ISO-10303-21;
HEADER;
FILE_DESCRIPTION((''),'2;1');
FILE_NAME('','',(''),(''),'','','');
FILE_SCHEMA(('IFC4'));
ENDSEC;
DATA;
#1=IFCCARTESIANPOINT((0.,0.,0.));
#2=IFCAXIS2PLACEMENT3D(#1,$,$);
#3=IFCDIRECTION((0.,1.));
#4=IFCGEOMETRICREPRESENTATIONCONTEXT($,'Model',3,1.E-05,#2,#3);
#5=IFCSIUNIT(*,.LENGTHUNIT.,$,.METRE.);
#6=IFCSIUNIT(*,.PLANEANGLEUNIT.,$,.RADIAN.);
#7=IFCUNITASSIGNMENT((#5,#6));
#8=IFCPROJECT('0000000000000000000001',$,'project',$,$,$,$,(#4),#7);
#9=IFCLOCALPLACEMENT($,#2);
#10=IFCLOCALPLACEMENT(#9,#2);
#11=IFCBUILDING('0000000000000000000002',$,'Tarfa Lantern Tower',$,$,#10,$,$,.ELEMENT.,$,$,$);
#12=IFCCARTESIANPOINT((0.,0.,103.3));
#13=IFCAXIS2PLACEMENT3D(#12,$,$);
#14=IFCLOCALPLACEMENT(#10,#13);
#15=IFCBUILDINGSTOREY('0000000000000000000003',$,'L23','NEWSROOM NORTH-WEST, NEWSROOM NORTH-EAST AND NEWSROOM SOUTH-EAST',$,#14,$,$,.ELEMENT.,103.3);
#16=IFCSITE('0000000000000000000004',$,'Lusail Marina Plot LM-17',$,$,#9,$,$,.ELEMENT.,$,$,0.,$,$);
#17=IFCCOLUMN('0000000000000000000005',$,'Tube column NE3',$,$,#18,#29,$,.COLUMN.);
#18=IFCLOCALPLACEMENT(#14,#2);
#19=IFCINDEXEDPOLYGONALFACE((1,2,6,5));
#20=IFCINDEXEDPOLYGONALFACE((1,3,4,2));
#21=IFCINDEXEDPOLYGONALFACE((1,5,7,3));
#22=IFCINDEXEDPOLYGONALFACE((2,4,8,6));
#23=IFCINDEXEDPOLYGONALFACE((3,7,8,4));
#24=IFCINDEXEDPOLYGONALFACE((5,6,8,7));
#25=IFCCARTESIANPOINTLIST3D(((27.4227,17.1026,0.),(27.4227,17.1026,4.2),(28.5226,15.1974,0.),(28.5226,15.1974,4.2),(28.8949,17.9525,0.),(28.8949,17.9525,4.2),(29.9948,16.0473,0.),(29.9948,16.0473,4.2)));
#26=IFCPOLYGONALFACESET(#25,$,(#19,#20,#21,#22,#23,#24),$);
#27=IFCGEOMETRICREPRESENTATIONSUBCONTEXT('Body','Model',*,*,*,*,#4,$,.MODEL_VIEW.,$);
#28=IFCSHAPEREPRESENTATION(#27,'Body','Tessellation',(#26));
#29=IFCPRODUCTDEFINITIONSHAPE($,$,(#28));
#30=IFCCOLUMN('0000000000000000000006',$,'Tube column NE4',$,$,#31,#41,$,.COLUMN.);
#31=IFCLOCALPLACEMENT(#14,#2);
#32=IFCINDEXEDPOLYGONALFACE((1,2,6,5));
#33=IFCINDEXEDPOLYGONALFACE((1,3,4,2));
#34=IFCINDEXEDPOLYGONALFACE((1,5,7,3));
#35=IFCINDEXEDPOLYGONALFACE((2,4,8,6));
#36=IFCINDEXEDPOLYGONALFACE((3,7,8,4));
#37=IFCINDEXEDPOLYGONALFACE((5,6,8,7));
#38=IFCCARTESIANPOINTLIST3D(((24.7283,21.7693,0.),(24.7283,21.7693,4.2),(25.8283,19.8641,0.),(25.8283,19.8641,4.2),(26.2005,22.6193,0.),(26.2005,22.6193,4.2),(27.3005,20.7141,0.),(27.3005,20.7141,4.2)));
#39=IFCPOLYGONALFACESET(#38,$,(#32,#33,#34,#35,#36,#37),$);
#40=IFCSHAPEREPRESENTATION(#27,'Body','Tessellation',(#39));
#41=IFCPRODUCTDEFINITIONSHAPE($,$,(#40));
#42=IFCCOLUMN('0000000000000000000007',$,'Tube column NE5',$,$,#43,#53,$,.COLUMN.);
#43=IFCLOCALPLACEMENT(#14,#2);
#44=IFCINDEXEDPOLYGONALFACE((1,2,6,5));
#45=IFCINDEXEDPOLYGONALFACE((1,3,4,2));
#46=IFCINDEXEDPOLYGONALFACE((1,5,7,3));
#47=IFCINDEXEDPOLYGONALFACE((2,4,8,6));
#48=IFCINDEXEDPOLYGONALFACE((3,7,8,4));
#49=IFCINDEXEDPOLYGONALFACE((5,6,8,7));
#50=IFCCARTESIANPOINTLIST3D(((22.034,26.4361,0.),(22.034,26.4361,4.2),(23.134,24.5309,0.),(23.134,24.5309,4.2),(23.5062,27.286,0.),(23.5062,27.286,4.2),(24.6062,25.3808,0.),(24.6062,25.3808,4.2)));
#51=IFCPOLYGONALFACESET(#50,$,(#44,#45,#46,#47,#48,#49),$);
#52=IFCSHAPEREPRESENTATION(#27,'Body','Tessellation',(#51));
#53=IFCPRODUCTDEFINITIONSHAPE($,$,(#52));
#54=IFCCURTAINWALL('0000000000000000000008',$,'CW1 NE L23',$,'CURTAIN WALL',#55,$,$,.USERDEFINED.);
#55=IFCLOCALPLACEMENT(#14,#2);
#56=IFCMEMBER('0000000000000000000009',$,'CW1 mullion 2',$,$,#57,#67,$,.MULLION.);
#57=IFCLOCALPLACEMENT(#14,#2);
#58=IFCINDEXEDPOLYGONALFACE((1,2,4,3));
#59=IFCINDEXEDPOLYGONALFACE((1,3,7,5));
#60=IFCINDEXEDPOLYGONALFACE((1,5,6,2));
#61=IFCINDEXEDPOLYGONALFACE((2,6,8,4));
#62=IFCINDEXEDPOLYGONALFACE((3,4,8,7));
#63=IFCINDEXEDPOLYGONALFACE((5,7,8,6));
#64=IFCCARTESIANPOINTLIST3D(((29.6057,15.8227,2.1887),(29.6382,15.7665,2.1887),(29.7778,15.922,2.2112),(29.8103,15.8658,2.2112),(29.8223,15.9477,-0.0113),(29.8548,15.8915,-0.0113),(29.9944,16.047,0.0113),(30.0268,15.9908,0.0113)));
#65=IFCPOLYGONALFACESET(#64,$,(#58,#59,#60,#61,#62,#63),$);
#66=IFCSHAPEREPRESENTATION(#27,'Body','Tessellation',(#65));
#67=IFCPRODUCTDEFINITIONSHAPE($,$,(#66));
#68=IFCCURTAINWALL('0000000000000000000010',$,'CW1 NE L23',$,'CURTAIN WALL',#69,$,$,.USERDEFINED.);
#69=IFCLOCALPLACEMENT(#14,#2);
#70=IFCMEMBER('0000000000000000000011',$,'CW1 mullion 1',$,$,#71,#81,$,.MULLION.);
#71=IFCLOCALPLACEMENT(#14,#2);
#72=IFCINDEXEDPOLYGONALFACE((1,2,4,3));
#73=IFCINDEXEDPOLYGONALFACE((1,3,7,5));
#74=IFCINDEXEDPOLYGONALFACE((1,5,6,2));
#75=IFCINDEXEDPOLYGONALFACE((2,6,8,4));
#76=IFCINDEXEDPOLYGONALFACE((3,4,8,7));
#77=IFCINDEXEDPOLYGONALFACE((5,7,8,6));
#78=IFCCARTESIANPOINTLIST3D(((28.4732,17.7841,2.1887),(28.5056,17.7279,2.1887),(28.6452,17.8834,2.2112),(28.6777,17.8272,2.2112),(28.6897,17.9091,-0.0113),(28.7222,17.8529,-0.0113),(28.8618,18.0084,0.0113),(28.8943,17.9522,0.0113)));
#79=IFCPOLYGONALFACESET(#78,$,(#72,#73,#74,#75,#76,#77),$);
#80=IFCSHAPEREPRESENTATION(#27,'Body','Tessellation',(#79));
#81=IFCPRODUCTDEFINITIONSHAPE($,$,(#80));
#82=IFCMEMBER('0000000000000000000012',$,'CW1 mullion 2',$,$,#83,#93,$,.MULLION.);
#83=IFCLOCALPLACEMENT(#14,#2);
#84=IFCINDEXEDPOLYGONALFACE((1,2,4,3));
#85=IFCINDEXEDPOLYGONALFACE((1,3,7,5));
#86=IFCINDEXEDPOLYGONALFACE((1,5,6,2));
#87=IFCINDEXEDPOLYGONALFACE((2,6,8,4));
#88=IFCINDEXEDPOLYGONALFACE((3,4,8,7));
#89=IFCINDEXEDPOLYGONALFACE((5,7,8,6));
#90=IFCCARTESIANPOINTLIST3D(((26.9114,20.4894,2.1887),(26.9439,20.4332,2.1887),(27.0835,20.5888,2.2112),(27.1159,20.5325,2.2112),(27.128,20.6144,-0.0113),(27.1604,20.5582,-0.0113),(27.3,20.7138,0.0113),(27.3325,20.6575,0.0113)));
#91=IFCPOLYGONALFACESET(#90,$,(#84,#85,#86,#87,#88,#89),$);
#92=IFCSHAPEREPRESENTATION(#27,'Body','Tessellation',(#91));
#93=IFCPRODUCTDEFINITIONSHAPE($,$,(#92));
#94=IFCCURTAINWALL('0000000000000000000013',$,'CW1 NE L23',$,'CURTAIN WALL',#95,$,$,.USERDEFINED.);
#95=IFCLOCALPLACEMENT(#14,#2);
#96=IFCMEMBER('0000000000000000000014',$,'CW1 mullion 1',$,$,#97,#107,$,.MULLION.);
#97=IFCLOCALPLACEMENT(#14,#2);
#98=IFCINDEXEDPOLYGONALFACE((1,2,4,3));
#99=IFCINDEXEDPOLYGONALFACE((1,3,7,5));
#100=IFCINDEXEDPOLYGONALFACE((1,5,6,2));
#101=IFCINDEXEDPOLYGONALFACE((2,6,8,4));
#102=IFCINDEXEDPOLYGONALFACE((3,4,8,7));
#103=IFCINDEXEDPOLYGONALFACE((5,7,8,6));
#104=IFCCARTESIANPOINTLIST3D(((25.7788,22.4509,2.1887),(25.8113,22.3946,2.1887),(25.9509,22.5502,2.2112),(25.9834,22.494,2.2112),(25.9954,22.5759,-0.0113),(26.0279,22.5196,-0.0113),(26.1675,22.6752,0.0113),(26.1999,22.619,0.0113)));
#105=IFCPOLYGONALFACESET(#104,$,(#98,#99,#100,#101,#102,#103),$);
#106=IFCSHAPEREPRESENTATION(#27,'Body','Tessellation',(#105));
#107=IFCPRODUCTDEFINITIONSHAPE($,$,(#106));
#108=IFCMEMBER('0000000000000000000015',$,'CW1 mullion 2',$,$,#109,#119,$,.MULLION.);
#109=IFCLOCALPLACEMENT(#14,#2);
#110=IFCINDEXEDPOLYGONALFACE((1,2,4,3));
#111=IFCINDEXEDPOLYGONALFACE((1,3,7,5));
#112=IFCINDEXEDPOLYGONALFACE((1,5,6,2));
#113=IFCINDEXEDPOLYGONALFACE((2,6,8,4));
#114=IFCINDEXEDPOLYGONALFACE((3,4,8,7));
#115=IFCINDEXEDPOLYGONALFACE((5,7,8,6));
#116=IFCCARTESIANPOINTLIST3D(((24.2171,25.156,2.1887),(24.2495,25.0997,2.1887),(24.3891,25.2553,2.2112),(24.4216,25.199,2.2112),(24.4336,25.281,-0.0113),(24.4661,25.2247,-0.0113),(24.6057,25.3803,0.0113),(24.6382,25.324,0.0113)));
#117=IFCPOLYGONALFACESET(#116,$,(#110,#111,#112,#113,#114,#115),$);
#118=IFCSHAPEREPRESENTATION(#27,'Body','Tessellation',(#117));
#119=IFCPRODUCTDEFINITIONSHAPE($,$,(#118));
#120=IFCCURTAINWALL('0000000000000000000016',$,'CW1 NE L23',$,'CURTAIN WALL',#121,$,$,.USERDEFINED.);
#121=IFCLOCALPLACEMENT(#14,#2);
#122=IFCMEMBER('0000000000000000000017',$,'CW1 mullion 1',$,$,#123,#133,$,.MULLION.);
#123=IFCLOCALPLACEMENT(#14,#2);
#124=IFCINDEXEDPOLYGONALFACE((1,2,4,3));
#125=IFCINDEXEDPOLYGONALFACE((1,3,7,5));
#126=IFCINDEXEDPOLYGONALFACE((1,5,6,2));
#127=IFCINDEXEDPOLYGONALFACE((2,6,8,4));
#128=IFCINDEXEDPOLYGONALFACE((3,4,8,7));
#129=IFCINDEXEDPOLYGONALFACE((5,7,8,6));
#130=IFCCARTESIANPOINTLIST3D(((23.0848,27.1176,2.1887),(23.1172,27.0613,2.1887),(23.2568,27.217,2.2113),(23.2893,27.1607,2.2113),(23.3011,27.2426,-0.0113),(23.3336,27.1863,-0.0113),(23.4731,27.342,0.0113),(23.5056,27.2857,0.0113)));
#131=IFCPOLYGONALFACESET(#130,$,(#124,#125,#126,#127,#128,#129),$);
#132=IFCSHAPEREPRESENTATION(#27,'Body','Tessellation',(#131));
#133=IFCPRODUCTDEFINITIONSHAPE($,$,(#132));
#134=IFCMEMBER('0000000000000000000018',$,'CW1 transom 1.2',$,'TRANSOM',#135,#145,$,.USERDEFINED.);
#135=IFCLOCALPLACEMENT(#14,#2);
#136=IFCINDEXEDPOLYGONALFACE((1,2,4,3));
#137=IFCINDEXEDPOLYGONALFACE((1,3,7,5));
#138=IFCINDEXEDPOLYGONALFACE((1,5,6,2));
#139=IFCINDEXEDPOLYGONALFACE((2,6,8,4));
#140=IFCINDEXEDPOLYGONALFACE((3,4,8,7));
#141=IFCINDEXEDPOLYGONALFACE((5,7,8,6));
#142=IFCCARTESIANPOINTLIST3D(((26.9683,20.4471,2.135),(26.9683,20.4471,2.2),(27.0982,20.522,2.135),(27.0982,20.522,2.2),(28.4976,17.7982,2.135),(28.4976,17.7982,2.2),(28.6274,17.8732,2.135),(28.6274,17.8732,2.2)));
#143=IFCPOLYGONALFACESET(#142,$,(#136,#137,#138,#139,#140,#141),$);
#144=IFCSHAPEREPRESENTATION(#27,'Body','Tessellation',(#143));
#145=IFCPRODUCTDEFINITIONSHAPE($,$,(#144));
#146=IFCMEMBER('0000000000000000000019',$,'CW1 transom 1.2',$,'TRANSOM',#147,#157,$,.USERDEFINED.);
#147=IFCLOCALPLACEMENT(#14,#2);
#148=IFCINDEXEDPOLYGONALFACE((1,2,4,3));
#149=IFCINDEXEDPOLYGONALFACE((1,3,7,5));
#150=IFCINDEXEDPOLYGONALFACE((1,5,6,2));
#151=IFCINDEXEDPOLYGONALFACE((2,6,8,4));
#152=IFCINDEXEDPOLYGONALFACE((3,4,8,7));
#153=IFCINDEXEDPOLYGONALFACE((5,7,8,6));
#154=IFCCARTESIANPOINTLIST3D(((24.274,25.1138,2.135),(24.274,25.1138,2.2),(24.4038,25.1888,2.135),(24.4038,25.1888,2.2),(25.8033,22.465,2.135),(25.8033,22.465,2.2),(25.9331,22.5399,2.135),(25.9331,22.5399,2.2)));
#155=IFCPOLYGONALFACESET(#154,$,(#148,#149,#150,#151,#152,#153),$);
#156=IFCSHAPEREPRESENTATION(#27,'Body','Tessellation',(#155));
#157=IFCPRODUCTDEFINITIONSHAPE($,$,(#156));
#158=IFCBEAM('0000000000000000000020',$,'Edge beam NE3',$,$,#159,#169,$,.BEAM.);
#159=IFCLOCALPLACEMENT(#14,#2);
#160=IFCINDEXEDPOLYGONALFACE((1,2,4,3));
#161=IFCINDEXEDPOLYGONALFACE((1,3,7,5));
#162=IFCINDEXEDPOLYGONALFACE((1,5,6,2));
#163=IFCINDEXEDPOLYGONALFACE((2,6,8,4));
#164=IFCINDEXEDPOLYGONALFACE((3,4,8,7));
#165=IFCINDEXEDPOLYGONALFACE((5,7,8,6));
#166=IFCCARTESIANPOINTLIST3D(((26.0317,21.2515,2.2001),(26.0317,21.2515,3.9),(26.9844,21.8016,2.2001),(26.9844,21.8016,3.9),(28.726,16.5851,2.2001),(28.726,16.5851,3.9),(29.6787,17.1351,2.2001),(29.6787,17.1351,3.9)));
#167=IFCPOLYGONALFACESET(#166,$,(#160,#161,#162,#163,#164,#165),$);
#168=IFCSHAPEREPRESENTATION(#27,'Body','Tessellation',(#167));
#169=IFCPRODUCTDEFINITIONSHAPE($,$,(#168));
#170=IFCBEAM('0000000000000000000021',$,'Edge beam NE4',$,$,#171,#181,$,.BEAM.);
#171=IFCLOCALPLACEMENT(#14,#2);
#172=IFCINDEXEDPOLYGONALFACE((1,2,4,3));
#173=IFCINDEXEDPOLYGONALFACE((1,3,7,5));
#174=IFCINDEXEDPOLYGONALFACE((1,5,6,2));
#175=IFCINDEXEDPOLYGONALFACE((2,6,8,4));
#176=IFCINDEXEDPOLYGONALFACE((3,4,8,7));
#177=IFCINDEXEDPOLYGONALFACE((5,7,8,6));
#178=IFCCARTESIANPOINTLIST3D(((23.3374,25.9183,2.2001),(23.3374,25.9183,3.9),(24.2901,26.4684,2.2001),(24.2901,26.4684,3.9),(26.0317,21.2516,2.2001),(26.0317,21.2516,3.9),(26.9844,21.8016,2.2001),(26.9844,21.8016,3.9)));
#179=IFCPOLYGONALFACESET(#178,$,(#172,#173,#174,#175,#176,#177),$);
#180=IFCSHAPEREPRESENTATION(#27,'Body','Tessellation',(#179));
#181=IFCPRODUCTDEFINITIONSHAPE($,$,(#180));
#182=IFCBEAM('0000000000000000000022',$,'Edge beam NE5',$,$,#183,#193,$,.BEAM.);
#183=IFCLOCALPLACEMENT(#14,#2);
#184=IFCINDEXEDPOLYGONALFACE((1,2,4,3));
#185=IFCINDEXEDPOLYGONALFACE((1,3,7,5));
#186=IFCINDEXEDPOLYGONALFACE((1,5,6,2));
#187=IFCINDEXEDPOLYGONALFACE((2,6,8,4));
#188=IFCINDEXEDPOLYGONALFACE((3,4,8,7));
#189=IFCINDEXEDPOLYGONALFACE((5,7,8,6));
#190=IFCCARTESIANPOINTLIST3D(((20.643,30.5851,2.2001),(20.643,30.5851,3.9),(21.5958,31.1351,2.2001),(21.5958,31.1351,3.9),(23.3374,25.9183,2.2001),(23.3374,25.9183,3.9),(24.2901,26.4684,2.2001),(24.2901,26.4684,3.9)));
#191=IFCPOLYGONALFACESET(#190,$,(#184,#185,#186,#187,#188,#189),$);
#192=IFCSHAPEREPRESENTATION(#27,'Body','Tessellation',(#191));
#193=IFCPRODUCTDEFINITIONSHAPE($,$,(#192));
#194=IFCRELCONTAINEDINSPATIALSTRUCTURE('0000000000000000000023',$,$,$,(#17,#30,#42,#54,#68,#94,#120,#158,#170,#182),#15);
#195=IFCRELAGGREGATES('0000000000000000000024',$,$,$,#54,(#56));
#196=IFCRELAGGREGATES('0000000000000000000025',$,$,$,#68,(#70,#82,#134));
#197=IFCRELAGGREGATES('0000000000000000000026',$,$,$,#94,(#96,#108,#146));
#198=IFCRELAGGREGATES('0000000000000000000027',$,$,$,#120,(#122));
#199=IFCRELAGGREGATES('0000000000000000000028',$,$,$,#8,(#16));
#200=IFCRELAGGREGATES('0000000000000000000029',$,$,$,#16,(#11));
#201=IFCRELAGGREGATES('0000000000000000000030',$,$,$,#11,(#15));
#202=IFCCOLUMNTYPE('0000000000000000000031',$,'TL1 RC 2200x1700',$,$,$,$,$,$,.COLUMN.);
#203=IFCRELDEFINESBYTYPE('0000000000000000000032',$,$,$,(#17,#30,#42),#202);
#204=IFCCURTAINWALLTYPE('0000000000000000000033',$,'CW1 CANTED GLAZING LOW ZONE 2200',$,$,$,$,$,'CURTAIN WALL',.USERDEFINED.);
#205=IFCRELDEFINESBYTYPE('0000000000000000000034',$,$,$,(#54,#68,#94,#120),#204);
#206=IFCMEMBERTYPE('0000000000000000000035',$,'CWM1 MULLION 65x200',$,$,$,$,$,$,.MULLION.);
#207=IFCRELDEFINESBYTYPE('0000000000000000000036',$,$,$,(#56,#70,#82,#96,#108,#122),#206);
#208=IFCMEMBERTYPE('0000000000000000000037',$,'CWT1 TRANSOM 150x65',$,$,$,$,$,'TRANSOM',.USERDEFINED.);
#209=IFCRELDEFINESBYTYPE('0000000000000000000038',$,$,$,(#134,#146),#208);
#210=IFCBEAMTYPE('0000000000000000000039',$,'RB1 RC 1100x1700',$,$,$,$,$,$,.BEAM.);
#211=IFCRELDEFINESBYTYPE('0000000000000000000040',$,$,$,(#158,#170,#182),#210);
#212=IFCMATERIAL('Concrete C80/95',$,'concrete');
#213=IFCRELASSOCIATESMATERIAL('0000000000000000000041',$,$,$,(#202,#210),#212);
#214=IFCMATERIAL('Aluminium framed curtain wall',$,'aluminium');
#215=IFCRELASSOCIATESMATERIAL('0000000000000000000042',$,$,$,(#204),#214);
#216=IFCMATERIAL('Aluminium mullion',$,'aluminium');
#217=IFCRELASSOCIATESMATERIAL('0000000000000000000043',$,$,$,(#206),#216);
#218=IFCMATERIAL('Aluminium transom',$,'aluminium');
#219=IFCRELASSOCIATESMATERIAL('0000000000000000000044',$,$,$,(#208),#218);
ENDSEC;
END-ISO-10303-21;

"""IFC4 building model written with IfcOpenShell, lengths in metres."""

from ifc_helpers import new_model, si_unit, direction, frame, origin, origin_2d, place, context, subcontext, project, spatial, rectangle, extrude, material, material_profile, profile_set, type_object, element, aggregate, save


model = new_model("IFC4")

# Units and contexts
model_context = context("Model", 3, precision=1e-05, world=origin(), true_north=direction((0.0, 1.0)))
body_context = subcontext(model_context, "Body", "Model", "MODEL_VIEW")
ifc_project = project(units=[si_unit("LENGTHUNIT", "METRE"), si_unit("PLANEANGLEUNIT", "RADIAN")], contexts=[model_context])

# Site, building, storey
site_placement = place(None, origin())
site = spatial("IfcSite", under=ifc_project, at=site_placement, Name="Lusail Marina Plot LM-17", CompositionType="ELEMENT", RefElevation=0.0)
building_placement = place(site_placement, origin())
building = spatial("IfcBuilding", under=site, at=building_placement, Name="Tarfa Lantern Tower", CompositionType="ELEMENT")
storey_placement = place(building_placement, frame((0.0, 0.0, 103.3)))
storey = spatial("IfcBuildingStorey", under=building, at=storey_placement, Name="L23", Description="NEWSROOM NORTH-WEST, NEWSROOM NORTH-EAST AND NEWSROOM SOUTH-EAST", CompositionType="ELEMENT", Elevation=103.3)

# Columns
ifc_material_1 = material(Name="Concrete C80/95", Category="concrete")
ifc_material_profile_1 = material_profile(ifc_material_1, rectangle(XDim=2.2, YDim=1.7, at=origin_2d()), Name="RC 2200x1700")
ifc_profile_set_1 = profile_set([ifc_material_profile_1], Name="Concrete C80/95")
column_type = type_object("IfcColumnType", Name="TL1 RC 2200x1700", PredefinedType="COLUMN", material=ifc_profile_set_1)
for number, where, z_axis, x_axis, name in (
    (1, (28.7087, 16.575, 0.0), (0.0, 0.0, 1.0), (-0.5, 0.866025, 0.0), "Tube column NE3"),
    (2, (26.0144, 21.2417, 0.0), (0.0, 0.0, 1.0), (-0.5, 0.866025, 0.0), "Tube column NE4"),
    (3, (23.3201, 25.9084, 0.0), (0.0, 0.0, 1.0), (-0.5, 0.866025, 0.0), "Tube column NE5"),
):
    element("IfcColumn", number, at=place(storey_placement, frame(where, z_axis=z_axis, x_axis=x_axis)), inside=storey, type_object=column_type, Name=name, PredefinedType="COLUMN", context=body_context, shape_type="SweptSolid", body=[
        extrude(rectangle(XDim=2.2, YDim=1.7, at=origin_2d()), origin(), (0.0, 0.0, 1.0), 4.2),
    ])

# Curtain wall, member
ifc_material_2 = material(Name="Aluminium framed curtain wall", Category="aluminium")
curtain_wall_type = type_object("IfcCurtainWallType", Name="CW1 CANTED GLAZING LOW ZONE 2200", ElementType="CURTAIN WALL", PredefinedType="USERDEFINED", material=ifc_material_2)
curtain_wall_1_placement = place(storey_placement, origin())
curtain_wall_1 = element("IfcCurtainWall", 4, at=curtain_wall_1_placement, inside=storey, type_object=curtain_wall_type, Name="CW1 NE L23", ObjectType="CURTAIN WALL", PredefinedType="USERDEFINED")
ifc_material_3 = material(Name="Aluminium mullion", Category="aluminium")
ifc_material_profile_2 = material_profile(ifc_material_3, rectangle(XDim=0.0649, YDim=0.2, at=origin_2d()), Name="AL MULLION 65x200")
ifc_profile_set_2 = profile_set([ifc_material_profile_2], Name="Aluminium mullion")
member_type_1 = type_object("IfcMemberType", Name="CWM1 MULLION 65x200", PredefinedType="MULLION", material=ifc_profile_set_2)
member_1_placement = place(storey_placement, frame((29.9246, 15.9692, 0.0), z_axis=(-0.097806, -0.056456, 0.993603), x_axis=(0.49992, -0.866072, 0.0)))
member_1 = element("IfcMember", 5, at=member_1_placement, type_object=member_type_1, Name="CW1 mullion 2", PredefinedType="MULLION", context=body_context, shape_type="SweptSolid", body=[
    extrude(rectangle(XDim=0.0649, YDim=0.2, at=origin_2d()), origin(), (0.0, 0.0, 1.0), 2.2141),
])
aggregate(curtain_wall_1, [member_1])

# Curtain walls, members
curtain_wall_2_placement = place(storey_placement, origin())
curtain_wall_2 = element("IfcCurtainWall", 6, at=curtain_wall_2_placement, inside=storey, type_object=curtain_wall_type, Name="CW1 NE L23", ObjectType="CURTAIN WALL", PredefinedType="USERDEFINED")
member_2_placement = place(storey_placement, frame((28.792, 17.9307, 0.0), z_axis=(-0.097806, -0.056456, 0.993603), x_axis=(0.49992, -0.866072, 0.0)))
member_2 = element("IfcMember", 7, at=member_2_placement, type_object=member_type_1, Name="CW1 mullion 1", PredefinedType="MULLION", context=body_context, shape_type="SweptSolid", body=[
    extrude(rectangle(XDim=0.0649, YDim=0.2, at=origin_2d()), origin(), (0.0, 0.0, 1.0), 2.2141),
])
member_3_placement = place(storey_placement, frame((27.2302, 20.636, 0.0), z_axis=(-0.097806, -0.056456, 0.993603), x_axis=(0.49992, -0.866072, 0.0)))
member_3 = element("IfcMember", 8, at=member_3_placement, type_object=member_type_1, Name="CW1 mullion 2", PredefinedType="MULLION", context=body_context, shape_type="SweptSolid", body=[
    extrude(rectangle(XDim=0.0649, YDim=0.2, at=origin_2d()), origin(), (0.0, 0.0, 1.0), 2.2141),
])
curtain_wall_3_placement = place(storey_placement, origin())
curtain_wall_3 = element("IfcCurtainWall", 9, at=curtain_wall_3_placement, inside=storey, type_object=curtain_wall_type, Name="CW1 NE L23", ObjectType="CURTAIN WALL", PredefinedType="USERDEFINED")
member_4_placement = place(storey_placement, frame((26.0977, 22.5974, 0.0), z_axis=(-0.097806, -0.056456, 0.993603), x_axis=(0.49992, -0.866072, 0.0)))
member_4 = element("IfcMember", 10, at=member_4_placement, type_object=member_type_1, Name="CW1 mullion 1", PredefinedType="MULLION", context=body_context, shape_type="SweptSolid", body=[
    extrude(rectangle(XDim=0.0649, YDim=0.2, at=origin_2d()), origin(), (0.0, 0.0, 1.0), 2.2141),
])
member_5_placement = place(storey_placement, frame((24.5359, 25.3025, 0.0), z_axis=(-0.097806, -0.056456, 0.993603), x_axis=(0.49992, -0.866072, 0.0)))
member_5 = element("IfcMember", 11, at=member_5_placement, type_object=member_type_1, Name="CW1 mullion 2", PredefinedType="MULLION", context=body_context, shape_type="SweptSolid", body=[
    extrude(rectangle(XDim=0.0649, YDim=0.2, at=origin_2d()), origin(), (0.0, 0.0, 1.0), 2.2141),
])

# Curtain wall, member
curtain_wall_4_placement = place(storey_placement, origin())
curtain_wall_4 = element("IfcCurtainWall", 12, at=curtain_wall_4_placement, inside=storey, type_object=curtain_wall_type, Name="CW1 NE L23", ObjectType="CURTAIN WALL", PredefinedType="USERDEFINED")
member_6_placement = place(storey_placement, frame((23.4033, 27.2642, 0.0), z_axis=(-0.097696, -0.056457, 0.993614), x_axis=(0.500343, -0.865827, 0.0)))
member_6 = element("IfcMember", 13, at=member_6_placement, type_object=member_type_1, Name="CW1 mullion 1", PredefinedType="MULLION", context=body_context, shape_type="SweptSolid", body=[
    extrude(rectangle(XDim=0.0649, YDim=0.2, at=origin_2d()), origin(), (0.0, 0.0, 1.0), 2.2141),
])

# Members
ifc_material_4 = material(Name="Aluminium transom", Category="aluminium")
ifc_material_profile_3 = material_profile(ifc_material_4, rectangle(XDim=0.1499, YDim=0.0649, at=origin_2d()), Name="AL TRANSOM 150x65")
ifc_profile_set_3 = profile_set([ifc_material_profile_3], Name="Aluminium transom")
member_type_2 = type_object("IfcMemberType", Name="CWT1 TRANSOM 150x65", ElementType="TRANSOM", PredefinedType="USERDEFINED", material=ifc_profile_set_3)
member_7_placement = place(storey_placement, frame((28.5625, 17.8357, 2.1675), z_axis=(-0.499985, 0.866034, 0.0), x_axis=(-0.866034, -0.499985, 0.0)))
member_7 = element("IfcMember", 14, at=member_7_placement, type_object=member_type_2, Name="CW1 transom 1.2", ObjectType="TRANSOM", PredefinedType="USERDEFINED", context=body_context, shape_type="SweptSolid", body=[
    extrude(rectangle(XDim=0.1499, YDim=0.0649, at=origin_2d()), origin(), (0.0, 0.0, 1.0), 3.0586),
])
member_8_placement = place(storey_placement, frame((25.8682, 22.5024, 2.1675), z_axis=(-0.499985, 0.866034, 0.0), x_axis=(-0.866034, -0.499985, 0.0)))
member_8 = element("IfcMember", 15, at=member_8_placement, type_object=member_type_2, Name="CW1 transom 1.2", ObjectType="TRANSOM", PredefinedType="USERDEFINED", context=body_context, shape_type="SweptSolid", body=[
    extrude(rectangle(XDim=0.1499, YDim=0.0649, at=origin_2d()), origin(), (0.0, 0.0, 1.0), 3.0586),
])

# Beams
ifc_material_profile_4 = material_profile(ifc_material_1, rectangle(XDim=1.1001, YDim=1.7, at=origin_2d()), Name="RC 1100x1700")
ifc_profile_set_4 = profile_set([ifc_material_profile_4], Name="Concrete C80/95")
beam_type_1 = type_object("IfcBeamType", Name="RB1 RC 1100x1700", PredefinedType="BEAM", material=ifc_profile_set_4)
beam_1_placement = place(storey_placement, frame((29.2024, 16.8601, 3.05), z_axis=(-0.500018, 0.866015, 0.0), x_axis=(-0.866015, -0.500018, 0.0)))
element("IfcBeam", 16, at=beam_1_placement, inside=storey, type_object=beam_type_1, Name="Edge beam NE3", PredefinedType="BEAM", context=body_context, shape_type="SweptSolid", body=[
    extrude(rectangle(XDim=1.1001, YDim=1.7, at=origin_2d()), origin(), (0.0, 0.0, 1.0), 5.3884),
])
for number, where, z_axis, x_axis, name in (
    (17, (26.5081, 21.5266, 3.05), (-0.499998, 0.866026, 0.0), (-0.866026, -0.499998, 0.0), "Edge beam NE4"),
    (18, (23.8137, 26.1934, 3.05), (-0.499998, 0.866026, 0.0), (-0.866026, -0.499998, 0.0), "Edge beam NE5"),
):
    element("IfcBeam", number, at=place(storey_placement, frame(where, z_axis=z_axis, x_axis=x_axis)), inside=storey, type_object=beam_type_1, Name=name, PredefinedType="BEAM", context=body_context, shape_type="SweptSolid", body=[
        extrude(rectangle(XDim=1.1001, YDim=1.7, at=origin_2d()), origin(), (0.0, 0.0, 1.0), 5.3887),
    ])

aggregate(curtain_wall_2, [member_2, member_3, member_7])
aggregate(curtain_wall_3, [member_4, member_5, member_8])
aggregate(curtain_wall_4, [member_6])

save(model, "model.ifc")
